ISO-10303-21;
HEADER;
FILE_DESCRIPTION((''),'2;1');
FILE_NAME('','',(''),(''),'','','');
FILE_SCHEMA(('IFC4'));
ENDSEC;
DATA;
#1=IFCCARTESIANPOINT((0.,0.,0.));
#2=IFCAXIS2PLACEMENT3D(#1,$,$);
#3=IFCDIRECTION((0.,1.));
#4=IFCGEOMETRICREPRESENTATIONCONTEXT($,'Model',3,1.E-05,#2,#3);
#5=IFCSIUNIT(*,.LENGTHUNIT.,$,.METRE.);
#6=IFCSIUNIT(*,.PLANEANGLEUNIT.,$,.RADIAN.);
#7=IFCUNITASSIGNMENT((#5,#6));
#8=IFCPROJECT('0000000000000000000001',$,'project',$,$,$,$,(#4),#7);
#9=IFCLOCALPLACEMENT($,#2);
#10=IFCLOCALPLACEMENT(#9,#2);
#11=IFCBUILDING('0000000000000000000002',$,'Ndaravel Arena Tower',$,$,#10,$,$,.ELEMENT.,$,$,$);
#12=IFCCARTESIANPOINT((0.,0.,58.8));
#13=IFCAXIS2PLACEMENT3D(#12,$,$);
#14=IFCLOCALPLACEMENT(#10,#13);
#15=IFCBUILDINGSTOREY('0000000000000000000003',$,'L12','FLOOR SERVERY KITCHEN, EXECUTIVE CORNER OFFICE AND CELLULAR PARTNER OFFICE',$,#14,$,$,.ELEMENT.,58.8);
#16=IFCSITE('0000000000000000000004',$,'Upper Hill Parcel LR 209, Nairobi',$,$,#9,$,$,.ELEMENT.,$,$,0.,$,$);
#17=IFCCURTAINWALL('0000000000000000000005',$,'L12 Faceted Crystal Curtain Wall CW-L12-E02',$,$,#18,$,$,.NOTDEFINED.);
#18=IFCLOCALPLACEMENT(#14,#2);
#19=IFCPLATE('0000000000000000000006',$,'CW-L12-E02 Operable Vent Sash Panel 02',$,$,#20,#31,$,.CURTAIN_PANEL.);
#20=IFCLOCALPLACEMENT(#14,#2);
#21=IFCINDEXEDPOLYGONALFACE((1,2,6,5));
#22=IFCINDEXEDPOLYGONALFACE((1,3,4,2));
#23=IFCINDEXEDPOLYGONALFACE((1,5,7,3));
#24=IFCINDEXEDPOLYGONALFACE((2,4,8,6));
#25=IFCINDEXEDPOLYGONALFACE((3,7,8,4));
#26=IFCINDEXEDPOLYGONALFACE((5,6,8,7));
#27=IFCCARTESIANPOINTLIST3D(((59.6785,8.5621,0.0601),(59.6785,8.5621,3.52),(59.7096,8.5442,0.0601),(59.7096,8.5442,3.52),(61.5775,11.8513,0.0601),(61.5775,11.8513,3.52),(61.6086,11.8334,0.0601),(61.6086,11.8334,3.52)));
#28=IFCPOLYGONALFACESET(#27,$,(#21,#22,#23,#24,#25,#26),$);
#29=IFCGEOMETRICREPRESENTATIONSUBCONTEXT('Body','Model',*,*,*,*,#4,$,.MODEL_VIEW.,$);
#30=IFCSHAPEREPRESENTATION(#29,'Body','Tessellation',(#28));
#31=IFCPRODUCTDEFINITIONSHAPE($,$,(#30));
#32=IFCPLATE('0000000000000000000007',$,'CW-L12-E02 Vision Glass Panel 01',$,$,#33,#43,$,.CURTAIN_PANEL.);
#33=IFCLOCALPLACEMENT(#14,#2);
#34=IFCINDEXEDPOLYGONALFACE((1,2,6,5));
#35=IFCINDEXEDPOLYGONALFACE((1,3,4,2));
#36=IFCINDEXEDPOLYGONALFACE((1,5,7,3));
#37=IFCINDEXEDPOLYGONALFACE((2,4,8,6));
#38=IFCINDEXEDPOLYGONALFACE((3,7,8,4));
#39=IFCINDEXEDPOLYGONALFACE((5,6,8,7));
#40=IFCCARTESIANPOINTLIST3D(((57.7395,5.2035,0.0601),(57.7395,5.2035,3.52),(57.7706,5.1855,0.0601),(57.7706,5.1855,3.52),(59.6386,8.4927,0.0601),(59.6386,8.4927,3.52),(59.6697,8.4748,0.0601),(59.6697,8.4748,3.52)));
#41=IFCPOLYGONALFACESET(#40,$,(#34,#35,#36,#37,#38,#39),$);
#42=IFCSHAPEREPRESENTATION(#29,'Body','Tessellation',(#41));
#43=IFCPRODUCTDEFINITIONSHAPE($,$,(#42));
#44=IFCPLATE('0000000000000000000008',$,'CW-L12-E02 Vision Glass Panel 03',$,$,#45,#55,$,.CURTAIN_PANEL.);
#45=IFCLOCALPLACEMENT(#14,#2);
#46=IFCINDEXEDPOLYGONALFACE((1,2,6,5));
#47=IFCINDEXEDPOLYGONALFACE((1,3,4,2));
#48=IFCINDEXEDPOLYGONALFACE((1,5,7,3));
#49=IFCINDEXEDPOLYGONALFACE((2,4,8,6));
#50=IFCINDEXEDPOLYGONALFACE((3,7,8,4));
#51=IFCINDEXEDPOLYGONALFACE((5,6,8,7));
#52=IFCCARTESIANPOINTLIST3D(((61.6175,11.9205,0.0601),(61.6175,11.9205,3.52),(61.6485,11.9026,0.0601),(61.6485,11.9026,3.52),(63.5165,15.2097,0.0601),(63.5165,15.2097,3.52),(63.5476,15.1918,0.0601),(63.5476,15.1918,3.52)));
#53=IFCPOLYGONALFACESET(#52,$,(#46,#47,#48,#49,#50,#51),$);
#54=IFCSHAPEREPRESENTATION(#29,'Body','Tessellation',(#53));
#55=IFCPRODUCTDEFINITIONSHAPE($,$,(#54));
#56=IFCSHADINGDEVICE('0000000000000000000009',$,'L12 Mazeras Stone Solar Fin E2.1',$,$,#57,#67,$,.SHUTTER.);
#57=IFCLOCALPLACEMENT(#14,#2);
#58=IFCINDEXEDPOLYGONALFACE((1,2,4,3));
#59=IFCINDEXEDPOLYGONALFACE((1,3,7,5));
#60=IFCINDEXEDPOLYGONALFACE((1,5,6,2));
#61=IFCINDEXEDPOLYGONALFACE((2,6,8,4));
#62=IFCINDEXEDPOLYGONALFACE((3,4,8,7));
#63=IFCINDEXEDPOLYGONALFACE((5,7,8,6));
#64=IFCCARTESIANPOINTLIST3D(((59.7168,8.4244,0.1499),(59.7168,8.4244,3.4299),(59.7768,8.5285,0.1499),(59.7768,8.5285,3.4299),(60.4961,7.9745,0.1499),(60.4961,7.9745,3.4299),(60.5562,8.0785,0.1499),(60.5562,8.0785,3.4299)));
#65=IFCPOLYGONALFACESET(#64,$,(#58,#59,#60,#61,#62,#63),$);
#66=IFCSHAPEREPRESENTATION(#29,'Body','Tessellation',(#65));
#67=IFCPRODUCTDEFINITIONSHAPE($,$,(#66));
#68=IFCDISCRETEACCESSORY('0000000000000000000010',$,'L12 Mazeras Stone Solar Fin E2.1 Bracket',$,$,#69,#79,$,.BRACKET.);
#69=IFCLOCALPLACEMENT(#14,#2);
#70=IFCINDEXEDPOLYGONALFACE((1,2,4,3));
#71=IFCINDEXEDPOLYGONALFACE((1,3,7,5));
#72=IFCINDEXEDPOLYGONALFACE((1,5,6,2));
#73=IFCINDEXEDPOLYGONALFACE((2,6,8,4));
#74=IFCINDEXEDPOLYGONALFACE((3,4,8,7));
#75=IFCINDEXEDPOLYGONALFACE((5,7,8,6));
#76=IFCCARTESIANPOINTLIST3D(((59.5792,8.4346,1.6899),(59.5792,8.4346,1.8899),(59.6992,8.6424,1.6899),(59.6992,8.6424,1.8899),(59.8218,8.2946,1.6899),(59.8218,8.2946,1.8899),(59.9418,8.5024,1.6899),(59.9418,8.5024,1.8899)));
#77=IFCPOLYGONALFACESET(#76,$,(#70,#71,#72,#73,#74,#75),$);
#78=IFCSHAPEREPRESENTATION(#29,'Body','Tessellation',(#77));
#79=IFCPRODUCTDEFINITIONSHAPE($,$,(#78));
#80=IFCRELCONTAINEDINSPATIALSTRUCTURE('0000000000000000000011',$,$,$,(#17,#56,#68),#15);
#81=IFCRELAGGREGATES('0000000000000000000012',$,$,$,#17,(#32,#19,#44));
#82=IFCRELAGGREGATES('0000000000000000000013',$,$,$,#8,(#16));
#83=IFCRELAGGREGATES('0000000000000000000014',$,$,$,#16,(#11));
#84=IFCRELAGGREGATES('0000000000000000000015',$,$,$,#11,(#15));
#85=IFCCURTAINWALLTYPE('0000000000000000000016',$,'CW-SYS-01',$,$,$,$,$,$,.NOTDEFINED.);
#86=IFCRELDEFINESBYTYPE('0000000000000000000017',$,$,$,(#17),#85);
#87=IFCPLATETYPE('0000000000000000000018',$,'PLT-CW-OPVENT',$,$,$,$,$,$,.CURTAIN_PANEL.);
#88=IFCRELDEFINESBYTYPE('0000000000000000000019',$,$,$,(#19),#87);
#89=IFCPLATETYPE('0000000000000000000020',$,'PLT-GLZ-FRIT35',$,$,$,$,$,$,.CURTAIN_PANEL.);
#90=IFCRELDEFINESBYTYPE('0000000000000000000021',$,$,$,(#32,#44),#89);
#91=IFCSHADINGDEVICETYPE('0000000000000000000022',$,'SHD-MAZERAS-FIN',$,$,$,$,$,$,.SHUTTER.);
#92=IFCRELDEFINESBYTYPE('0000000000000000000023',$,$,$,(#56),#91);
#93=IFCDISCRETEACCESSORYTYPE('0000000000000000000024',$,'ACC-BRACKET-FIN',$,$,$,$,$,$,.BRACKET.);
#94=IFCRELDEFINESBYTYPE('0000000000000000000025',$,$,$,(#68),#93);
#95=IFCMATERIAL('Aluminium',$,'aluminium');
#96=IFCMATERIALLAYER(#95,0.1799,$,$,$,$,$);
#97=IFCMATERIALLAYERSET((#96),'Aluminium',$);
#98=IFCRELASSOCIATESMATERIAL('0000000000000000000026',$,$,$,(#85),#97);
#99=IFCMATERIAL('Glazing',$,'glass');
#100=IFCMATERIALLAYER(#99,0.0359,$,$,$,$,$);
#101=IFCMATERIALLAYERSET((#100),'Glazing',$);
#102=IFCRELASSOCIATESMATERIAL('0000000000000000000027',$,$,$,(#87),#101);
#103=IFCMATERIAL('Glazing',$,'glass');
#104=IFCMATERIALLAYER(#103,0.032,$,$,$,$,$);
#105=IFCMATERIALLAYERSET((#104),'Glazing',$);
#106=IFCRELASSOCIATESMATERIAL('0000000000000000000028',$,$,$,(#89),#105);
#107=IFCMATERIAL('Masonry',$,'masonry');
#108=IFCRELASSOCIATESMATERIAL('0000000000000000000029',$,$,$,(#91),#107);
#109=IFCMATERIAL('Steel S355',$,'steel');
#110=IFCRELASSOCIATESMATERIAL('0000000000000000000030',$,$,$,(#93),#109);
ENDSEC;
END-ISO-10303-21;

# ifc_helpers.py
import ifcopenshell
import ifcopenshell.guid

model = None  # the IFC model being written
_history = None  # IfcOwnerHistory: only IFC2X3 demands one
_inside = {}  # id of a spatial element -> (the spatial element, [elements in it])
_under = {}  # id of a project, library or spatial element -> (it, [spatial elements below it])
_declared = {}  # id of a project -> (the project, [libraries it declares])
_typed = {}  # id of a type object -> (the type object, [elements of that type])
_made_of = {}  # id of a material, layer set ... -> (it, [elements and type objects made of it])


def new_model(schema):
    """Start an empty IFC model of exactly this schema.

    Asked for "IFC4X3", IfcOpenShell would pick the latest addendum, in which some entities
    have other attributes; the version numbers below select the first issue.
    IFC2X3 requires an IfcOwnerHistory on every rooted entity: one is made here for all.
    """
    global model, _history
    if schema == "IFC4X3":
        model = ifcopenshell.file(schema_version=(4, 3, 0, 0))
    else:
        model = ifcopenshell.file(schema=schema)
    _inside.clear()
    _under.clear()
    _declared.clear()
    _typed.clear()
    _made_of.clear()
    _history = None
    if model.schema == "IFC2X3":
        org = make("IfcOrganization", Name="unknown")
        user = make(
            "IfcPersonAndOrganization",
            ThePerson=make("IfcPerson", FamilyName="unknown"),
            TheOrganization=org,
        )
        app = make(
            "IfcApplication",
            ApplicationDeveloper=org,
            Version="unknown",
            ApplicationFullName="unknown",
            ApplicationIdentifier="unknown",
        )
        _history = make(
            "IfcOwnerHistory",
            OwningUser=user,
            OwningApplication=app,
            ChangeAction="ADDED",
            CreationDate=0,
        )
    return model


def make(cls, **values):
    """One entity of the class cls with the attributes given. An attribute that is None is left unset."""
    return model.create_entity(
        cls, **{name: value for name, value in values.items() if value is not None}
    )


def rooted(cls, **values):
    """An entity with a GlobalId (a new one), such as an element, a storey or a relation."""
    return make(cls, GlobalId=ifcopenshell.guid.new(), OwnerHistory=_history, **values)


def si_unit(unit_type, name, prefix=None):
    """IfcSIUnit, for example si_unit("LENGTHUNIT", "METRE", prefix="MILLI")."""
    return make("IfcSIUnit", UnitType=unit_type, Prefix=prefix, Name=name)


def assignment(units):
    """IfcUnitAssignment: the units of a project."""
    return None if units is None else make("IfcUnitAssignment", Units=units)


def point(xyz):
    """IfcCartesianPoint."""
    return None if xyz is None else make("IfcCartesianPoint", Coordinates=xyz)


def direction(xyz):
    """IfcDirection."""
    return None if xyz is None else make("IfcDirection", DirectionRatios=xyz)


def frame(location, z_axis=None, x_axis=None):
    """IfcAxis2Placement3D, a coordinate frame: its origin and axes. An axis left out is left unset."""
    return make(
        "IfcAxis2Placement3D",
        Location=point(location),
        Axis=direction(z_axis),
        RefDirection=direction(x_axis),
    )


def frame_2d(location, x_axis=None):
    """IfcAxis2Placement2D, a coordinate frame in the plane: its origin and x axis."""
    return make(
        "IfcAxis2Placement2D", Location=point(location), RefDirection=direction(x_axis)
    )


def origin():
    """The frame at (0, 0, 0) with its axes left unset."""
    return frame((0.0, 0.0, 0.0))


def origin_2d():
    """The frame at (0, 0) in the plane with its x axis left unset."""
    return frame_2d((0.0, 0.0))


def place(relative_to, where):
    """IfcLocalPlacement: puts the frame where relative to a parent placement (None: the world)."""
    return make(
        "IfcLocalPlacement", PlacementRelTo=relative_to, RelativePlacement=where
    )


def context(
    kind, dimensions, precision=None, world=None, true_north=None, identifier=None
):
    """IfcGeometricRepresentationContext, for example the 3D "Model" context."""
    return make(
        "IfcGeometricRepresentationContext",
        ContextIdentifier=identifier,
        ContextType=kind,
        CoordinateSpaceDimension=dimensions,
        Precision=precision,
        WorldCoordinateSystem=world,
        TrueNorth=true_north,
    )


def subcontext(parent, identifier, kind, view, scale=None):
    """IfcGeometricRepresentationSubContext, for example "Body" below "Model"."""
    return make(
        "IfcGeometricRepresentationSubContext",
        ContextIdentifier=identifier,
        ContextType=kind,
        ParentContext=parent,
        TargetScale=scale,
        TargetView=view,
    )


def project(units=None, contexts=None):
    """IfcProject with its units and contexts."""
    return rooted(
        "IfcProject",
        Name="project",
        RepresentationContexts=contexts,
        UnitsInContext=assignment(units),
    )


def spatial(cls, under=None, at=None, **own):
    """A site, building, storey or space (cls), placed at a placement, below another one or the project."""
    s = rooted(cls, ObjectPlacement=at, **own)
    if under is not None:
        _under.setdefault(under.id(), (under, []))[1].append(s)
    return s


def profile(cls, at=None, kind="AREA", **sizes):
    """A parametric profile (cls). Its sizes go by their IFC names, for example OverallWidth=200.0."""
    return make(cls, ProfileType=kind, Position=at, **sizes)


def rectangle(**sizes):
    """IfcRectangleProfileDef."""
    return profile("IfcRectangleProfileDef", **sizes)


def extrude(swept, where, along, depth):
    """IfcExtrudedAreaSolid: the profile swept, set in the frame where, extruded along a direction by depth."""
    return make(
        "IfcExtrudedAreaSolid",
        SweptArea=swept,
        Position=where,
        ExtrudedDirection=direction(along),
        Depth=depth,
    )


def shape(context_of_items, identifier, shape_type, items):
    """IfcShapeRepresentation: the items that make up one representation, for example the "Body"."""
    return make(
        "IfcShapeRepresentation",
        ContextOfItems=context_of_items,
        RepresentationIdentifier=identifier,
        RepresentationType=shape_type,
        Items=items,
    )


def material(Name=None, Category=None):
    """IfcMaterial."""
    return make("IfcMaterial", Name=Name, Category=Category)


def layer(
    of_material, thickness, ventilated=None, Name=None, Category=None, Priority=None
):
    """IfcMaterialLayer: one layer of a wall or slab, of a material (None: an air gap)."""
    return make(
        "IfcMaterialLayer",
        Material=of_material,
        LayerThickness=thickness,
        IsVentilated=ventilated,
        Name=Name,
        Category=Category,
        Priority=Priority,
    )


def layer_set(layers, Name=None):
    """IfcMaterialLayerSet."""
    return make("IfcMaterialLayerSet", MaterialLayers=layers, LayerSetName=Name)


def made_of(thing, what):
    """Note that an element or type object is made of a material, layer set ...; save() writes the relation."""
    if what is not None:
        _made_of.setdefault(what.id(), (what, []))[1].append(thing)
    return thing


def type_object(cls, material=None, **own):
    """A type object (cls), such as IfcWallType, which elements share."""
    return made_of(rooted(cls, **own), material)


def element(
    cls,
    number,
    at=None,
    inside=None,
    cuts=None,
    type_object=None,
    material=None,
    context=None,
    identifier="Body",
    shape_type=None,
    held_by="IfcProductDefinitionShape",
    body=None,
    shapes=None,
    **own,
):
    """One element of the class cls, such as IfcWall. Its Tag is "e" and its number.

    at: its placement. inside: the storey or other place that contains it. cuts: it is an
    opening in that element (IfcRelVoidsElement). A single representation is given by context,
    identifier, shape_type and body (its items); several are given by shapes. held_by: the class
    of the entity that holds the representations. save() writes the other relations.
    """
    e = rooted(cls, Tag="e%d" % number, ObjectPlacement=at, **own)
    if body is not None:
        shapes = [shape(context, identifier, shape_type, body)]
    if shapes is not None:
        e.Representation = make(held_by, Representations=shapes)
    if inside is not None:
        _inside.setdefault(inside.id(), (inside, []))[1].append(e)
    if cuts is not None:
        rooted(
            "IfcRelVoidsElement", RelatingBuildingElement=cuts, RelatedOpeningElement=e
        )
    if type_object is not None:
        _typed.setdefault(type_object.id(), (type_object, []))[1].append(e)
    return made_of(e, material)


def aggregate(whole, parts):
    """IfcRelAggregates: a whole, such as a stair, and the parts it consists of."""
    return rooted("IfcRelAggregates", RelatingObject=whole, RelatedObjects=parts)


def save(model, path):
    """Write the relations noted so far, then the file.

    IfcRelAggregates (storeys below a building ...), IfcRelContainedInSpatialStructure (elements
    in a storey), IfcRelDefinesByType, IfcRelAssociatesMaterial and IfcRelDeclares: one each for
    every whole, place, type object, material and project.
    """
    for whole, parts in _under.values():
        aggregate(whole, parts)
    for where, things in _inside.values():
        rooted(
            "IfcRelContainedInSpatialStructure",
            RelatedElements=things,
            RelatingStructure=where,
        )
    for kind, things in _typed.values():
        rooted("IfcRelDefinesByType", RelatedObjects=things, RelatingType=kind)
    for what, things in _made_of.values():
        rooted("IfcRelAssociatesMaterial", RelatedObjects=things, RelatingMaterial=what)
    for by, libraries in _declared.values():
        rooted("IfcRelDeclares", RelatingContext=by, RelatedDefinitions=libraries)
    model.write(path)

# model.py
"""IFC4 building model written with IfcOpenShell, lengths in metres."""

from ifc_helpers import new_model, si_unit, direction, frame, origin, origin_2d, place, context, subcontext, project, spatial, rectangle, extrude, material, layer, layer_set, type_object, element, aggregate, save


model = new_model("IFC4")

# Units and contexts
model_context = context("Model", 3, precision=1e-05, world=origin(), true_north=direction((0.0, 1.0)))
body_context = subcontext(model_context, "Body", "Model", "MODEL_VIEW")
ifc_project = project(units=[si_unit("LENGTHUNIT", "METRE"), si_unit("PLANEANGLEUNIT", "RADIAN")], contexts=[model_context])

# Site, building, storey
site_placement = place(None, origin())
site = spatial("IfcSite", under=ifc_project, at=site_placement, Name="Upper Hill Parcel LR 209, Nairobi", CompositionType="ELEMENT", RefElevation=0.0)
building_placement = place(site_placement, origin())
building = spatial("IfcBuilding", under=site, at=building_placement, Name="Ndaravel Arena Tower", CompositionType="ELEMENT")
storey_placement = place(building_placement, frame((0.0, 0.0, 58.8)))
storey = spatial("IfcBuildingStorey", under=building, at=storey_placement, Name="L12", Description="FLOOR SERVERY KITCHEN, EXECUTIVE CORNER OFFICE AND CELLULAR PARTNER OFFICE", CompositionType="ELEMENT", Elevation=58.8)

# Curtain wall, plates
ifc_material_1 = material(Name="Aluminium", Category="aluminium")
ifc_layer_1 = layer(ifc_material_1, 0.1799)
ifc_layer_set_1 = layer_set([ifc_layer_1], Name="Aluminium")
curtain_wall_type = type_object("IfcCurtainWallType", Name="CW-SYS-01", PredefinedType="NOTDEFINED", material=ifc_layer_set_1)
curtain_wall_placement = place(storey_placement, origin())
curtain_wall = element("IfcCurtainWall", 1, at=curtain_wall_placement, inside=storey, type_object=curtain_wall_type, Name="L12 Faceted Crystal Curtain Wall CW-L12-E02", PredefinedType="NOTDEFINED")
ifc_material_2 = material(Name="Glazing", Category="glass")
ifc_layer_2 = layer(ifc_material_2, 0.0359)
ifc_layer_set_2 = layer_set([ifc_layer_2], Name="Glazing")
plate_type_1 = type_object("IfcPlateType", Name="PLT-CW-OPVENT", PredefinedType="CURTAIN_PANEL", material=ifc_layer_set_2)
plate_1_placement = place(storey_placement, frame((60.6436, 10.1978, 0.0601), z_axis=(0.0, 0.0, 1.0), x_axis=(0.5, 0.866025, 0.0)))
plate_1 = element("IfcPlate", 2, at=plate_1_placement, type_object=plate_type_1, Name="CW-L12-E02 Operable Vent Sash Panel 02", PredefinedType="CURTAIN_PANEL", context=body_context, shape_type="SweptSolid", body=[
    extrude(rectangle(XDim=3.7981, YDim=0.0359, at=origin_2d()), origin(), (0.0, 0.0, 1.0), 3.46),
])
ifc_material_3 = material(Name="Glazing", Category="glass")
ifc_layer_3 = layer(ifc_material_3, 0.032)
ifc_layer_set_3 = layer_set([ifc_layer_3], Name="Glazing")
plate_type_2 = type_object("IfcPlateType", Name="PLT-GLZ-FRIT35", PredefinedType="CURTAIN_PANEL", material=ifc_layer_set_3)
plate_2_placement = place(storey_placement, frame((58.7046, 6.8391, 0.0601), z_axis=(0.0, 0.0, 1.0), x_axis=(0.5, 0.866025, 0.0)))
plate_2 = element("IfcPlate", 3, at=plate_2_placement, type_object=plate_type_2, Name="CW-L12-E02 Vision Glass Panel 01", PredefinedType="CURTAIN_PANEL", context=body_context, shape_type="SweptSolid", body=[
    extrude(rectangle(XDim=3.7981, YDim=0.0359, at=origin_2d()), origin(), (0.0, 0.0, 1.0), 3.46),
])
plate_3_placement = place(storey_placement, frame((62.5825, 13.5562, 0.0601), z_axis=(0.0, 0.0, 1.0), x_axis=(0.5, 0.866025, 0.0)))
plate_3 = element("IfcPlate", 4, at=plate_3_placement, type_object=plate_type_2, Name="CW-L12-E02 Vision Glass Panel 03", PredefinedType="CURTAIN_PANEL", context=body_context, shape_type="SweptSolid", body=[
    extrude(rectangle(XDim=3.7981, YDim=0.0359, at=origin_2d()), origin(), (0.0, 0.0, 1.0), 3.46),
])
aggregate(curtain_wall, [plate_2, plate_1, plate_3])

# Shading device
ifc_material_4 = material(Name="Masonry", Category="masonry")
shading_device_type = type_object("IfcShadingDeviceType", Name="SHD-MAZERAS-FIN", PredefinedType="SHUTTER", material=ifc_material_4)
shading_device_placement = place(storey_placement, frame((60.1365, 8.2515, 0.1499), z_axis=(0.0, 0.0, 1.0), x_axis=(0.866025, -0.5, 0.0)))
element("IfcShadingDevice", 5, at=shading_device_placement, inside=storey, type_object=shading_device_type, Name="L12 Mazeras Stone Solar Fin E2.1", PredefinedType="SHUTTER", context=body_context, shape_type="SweptSolid", body=[
    extrude(rectangle(XDim=0.8999, YDim=0.1201, at=origin_2d()), origin(), (0.0, 0.0, 1.0), 3.28),
])

# Discrete accessory
ifc_material_5 = material(Name="Steel S355", Category="steel")
discrete_accessory_type = type_object("IfcDiscreteAccessoryType", Name="ACC-BRACKET-FIN", PredefinedType="BRACKET", material=ifc_material_5)
discrete_accessory_placement = place(storey_placement, frame((59.7605, 8.4685, 1.6899), z_axis=(0.0, 0.0, 1.0), x_axis=(0.866025, -0.5, 0.0)))
element("IfcDiscreteAccessory", 6, at=discrete_accessory_placement, inside=storey, type_object=discrete_accessory_type, Name="L12 Mazeras Stone Solar Fin E2.1 Bracket", PredefinedType="BRACKET", context=body_context, shape_type="SweptSolid", body=[
    extrude(rectangle(XDim=0.28, YDim=0.24, at=origin_2d()), origin(), (0.0, 0.0, 1.0), 0.2),
])

save(model, "model.ifc")
